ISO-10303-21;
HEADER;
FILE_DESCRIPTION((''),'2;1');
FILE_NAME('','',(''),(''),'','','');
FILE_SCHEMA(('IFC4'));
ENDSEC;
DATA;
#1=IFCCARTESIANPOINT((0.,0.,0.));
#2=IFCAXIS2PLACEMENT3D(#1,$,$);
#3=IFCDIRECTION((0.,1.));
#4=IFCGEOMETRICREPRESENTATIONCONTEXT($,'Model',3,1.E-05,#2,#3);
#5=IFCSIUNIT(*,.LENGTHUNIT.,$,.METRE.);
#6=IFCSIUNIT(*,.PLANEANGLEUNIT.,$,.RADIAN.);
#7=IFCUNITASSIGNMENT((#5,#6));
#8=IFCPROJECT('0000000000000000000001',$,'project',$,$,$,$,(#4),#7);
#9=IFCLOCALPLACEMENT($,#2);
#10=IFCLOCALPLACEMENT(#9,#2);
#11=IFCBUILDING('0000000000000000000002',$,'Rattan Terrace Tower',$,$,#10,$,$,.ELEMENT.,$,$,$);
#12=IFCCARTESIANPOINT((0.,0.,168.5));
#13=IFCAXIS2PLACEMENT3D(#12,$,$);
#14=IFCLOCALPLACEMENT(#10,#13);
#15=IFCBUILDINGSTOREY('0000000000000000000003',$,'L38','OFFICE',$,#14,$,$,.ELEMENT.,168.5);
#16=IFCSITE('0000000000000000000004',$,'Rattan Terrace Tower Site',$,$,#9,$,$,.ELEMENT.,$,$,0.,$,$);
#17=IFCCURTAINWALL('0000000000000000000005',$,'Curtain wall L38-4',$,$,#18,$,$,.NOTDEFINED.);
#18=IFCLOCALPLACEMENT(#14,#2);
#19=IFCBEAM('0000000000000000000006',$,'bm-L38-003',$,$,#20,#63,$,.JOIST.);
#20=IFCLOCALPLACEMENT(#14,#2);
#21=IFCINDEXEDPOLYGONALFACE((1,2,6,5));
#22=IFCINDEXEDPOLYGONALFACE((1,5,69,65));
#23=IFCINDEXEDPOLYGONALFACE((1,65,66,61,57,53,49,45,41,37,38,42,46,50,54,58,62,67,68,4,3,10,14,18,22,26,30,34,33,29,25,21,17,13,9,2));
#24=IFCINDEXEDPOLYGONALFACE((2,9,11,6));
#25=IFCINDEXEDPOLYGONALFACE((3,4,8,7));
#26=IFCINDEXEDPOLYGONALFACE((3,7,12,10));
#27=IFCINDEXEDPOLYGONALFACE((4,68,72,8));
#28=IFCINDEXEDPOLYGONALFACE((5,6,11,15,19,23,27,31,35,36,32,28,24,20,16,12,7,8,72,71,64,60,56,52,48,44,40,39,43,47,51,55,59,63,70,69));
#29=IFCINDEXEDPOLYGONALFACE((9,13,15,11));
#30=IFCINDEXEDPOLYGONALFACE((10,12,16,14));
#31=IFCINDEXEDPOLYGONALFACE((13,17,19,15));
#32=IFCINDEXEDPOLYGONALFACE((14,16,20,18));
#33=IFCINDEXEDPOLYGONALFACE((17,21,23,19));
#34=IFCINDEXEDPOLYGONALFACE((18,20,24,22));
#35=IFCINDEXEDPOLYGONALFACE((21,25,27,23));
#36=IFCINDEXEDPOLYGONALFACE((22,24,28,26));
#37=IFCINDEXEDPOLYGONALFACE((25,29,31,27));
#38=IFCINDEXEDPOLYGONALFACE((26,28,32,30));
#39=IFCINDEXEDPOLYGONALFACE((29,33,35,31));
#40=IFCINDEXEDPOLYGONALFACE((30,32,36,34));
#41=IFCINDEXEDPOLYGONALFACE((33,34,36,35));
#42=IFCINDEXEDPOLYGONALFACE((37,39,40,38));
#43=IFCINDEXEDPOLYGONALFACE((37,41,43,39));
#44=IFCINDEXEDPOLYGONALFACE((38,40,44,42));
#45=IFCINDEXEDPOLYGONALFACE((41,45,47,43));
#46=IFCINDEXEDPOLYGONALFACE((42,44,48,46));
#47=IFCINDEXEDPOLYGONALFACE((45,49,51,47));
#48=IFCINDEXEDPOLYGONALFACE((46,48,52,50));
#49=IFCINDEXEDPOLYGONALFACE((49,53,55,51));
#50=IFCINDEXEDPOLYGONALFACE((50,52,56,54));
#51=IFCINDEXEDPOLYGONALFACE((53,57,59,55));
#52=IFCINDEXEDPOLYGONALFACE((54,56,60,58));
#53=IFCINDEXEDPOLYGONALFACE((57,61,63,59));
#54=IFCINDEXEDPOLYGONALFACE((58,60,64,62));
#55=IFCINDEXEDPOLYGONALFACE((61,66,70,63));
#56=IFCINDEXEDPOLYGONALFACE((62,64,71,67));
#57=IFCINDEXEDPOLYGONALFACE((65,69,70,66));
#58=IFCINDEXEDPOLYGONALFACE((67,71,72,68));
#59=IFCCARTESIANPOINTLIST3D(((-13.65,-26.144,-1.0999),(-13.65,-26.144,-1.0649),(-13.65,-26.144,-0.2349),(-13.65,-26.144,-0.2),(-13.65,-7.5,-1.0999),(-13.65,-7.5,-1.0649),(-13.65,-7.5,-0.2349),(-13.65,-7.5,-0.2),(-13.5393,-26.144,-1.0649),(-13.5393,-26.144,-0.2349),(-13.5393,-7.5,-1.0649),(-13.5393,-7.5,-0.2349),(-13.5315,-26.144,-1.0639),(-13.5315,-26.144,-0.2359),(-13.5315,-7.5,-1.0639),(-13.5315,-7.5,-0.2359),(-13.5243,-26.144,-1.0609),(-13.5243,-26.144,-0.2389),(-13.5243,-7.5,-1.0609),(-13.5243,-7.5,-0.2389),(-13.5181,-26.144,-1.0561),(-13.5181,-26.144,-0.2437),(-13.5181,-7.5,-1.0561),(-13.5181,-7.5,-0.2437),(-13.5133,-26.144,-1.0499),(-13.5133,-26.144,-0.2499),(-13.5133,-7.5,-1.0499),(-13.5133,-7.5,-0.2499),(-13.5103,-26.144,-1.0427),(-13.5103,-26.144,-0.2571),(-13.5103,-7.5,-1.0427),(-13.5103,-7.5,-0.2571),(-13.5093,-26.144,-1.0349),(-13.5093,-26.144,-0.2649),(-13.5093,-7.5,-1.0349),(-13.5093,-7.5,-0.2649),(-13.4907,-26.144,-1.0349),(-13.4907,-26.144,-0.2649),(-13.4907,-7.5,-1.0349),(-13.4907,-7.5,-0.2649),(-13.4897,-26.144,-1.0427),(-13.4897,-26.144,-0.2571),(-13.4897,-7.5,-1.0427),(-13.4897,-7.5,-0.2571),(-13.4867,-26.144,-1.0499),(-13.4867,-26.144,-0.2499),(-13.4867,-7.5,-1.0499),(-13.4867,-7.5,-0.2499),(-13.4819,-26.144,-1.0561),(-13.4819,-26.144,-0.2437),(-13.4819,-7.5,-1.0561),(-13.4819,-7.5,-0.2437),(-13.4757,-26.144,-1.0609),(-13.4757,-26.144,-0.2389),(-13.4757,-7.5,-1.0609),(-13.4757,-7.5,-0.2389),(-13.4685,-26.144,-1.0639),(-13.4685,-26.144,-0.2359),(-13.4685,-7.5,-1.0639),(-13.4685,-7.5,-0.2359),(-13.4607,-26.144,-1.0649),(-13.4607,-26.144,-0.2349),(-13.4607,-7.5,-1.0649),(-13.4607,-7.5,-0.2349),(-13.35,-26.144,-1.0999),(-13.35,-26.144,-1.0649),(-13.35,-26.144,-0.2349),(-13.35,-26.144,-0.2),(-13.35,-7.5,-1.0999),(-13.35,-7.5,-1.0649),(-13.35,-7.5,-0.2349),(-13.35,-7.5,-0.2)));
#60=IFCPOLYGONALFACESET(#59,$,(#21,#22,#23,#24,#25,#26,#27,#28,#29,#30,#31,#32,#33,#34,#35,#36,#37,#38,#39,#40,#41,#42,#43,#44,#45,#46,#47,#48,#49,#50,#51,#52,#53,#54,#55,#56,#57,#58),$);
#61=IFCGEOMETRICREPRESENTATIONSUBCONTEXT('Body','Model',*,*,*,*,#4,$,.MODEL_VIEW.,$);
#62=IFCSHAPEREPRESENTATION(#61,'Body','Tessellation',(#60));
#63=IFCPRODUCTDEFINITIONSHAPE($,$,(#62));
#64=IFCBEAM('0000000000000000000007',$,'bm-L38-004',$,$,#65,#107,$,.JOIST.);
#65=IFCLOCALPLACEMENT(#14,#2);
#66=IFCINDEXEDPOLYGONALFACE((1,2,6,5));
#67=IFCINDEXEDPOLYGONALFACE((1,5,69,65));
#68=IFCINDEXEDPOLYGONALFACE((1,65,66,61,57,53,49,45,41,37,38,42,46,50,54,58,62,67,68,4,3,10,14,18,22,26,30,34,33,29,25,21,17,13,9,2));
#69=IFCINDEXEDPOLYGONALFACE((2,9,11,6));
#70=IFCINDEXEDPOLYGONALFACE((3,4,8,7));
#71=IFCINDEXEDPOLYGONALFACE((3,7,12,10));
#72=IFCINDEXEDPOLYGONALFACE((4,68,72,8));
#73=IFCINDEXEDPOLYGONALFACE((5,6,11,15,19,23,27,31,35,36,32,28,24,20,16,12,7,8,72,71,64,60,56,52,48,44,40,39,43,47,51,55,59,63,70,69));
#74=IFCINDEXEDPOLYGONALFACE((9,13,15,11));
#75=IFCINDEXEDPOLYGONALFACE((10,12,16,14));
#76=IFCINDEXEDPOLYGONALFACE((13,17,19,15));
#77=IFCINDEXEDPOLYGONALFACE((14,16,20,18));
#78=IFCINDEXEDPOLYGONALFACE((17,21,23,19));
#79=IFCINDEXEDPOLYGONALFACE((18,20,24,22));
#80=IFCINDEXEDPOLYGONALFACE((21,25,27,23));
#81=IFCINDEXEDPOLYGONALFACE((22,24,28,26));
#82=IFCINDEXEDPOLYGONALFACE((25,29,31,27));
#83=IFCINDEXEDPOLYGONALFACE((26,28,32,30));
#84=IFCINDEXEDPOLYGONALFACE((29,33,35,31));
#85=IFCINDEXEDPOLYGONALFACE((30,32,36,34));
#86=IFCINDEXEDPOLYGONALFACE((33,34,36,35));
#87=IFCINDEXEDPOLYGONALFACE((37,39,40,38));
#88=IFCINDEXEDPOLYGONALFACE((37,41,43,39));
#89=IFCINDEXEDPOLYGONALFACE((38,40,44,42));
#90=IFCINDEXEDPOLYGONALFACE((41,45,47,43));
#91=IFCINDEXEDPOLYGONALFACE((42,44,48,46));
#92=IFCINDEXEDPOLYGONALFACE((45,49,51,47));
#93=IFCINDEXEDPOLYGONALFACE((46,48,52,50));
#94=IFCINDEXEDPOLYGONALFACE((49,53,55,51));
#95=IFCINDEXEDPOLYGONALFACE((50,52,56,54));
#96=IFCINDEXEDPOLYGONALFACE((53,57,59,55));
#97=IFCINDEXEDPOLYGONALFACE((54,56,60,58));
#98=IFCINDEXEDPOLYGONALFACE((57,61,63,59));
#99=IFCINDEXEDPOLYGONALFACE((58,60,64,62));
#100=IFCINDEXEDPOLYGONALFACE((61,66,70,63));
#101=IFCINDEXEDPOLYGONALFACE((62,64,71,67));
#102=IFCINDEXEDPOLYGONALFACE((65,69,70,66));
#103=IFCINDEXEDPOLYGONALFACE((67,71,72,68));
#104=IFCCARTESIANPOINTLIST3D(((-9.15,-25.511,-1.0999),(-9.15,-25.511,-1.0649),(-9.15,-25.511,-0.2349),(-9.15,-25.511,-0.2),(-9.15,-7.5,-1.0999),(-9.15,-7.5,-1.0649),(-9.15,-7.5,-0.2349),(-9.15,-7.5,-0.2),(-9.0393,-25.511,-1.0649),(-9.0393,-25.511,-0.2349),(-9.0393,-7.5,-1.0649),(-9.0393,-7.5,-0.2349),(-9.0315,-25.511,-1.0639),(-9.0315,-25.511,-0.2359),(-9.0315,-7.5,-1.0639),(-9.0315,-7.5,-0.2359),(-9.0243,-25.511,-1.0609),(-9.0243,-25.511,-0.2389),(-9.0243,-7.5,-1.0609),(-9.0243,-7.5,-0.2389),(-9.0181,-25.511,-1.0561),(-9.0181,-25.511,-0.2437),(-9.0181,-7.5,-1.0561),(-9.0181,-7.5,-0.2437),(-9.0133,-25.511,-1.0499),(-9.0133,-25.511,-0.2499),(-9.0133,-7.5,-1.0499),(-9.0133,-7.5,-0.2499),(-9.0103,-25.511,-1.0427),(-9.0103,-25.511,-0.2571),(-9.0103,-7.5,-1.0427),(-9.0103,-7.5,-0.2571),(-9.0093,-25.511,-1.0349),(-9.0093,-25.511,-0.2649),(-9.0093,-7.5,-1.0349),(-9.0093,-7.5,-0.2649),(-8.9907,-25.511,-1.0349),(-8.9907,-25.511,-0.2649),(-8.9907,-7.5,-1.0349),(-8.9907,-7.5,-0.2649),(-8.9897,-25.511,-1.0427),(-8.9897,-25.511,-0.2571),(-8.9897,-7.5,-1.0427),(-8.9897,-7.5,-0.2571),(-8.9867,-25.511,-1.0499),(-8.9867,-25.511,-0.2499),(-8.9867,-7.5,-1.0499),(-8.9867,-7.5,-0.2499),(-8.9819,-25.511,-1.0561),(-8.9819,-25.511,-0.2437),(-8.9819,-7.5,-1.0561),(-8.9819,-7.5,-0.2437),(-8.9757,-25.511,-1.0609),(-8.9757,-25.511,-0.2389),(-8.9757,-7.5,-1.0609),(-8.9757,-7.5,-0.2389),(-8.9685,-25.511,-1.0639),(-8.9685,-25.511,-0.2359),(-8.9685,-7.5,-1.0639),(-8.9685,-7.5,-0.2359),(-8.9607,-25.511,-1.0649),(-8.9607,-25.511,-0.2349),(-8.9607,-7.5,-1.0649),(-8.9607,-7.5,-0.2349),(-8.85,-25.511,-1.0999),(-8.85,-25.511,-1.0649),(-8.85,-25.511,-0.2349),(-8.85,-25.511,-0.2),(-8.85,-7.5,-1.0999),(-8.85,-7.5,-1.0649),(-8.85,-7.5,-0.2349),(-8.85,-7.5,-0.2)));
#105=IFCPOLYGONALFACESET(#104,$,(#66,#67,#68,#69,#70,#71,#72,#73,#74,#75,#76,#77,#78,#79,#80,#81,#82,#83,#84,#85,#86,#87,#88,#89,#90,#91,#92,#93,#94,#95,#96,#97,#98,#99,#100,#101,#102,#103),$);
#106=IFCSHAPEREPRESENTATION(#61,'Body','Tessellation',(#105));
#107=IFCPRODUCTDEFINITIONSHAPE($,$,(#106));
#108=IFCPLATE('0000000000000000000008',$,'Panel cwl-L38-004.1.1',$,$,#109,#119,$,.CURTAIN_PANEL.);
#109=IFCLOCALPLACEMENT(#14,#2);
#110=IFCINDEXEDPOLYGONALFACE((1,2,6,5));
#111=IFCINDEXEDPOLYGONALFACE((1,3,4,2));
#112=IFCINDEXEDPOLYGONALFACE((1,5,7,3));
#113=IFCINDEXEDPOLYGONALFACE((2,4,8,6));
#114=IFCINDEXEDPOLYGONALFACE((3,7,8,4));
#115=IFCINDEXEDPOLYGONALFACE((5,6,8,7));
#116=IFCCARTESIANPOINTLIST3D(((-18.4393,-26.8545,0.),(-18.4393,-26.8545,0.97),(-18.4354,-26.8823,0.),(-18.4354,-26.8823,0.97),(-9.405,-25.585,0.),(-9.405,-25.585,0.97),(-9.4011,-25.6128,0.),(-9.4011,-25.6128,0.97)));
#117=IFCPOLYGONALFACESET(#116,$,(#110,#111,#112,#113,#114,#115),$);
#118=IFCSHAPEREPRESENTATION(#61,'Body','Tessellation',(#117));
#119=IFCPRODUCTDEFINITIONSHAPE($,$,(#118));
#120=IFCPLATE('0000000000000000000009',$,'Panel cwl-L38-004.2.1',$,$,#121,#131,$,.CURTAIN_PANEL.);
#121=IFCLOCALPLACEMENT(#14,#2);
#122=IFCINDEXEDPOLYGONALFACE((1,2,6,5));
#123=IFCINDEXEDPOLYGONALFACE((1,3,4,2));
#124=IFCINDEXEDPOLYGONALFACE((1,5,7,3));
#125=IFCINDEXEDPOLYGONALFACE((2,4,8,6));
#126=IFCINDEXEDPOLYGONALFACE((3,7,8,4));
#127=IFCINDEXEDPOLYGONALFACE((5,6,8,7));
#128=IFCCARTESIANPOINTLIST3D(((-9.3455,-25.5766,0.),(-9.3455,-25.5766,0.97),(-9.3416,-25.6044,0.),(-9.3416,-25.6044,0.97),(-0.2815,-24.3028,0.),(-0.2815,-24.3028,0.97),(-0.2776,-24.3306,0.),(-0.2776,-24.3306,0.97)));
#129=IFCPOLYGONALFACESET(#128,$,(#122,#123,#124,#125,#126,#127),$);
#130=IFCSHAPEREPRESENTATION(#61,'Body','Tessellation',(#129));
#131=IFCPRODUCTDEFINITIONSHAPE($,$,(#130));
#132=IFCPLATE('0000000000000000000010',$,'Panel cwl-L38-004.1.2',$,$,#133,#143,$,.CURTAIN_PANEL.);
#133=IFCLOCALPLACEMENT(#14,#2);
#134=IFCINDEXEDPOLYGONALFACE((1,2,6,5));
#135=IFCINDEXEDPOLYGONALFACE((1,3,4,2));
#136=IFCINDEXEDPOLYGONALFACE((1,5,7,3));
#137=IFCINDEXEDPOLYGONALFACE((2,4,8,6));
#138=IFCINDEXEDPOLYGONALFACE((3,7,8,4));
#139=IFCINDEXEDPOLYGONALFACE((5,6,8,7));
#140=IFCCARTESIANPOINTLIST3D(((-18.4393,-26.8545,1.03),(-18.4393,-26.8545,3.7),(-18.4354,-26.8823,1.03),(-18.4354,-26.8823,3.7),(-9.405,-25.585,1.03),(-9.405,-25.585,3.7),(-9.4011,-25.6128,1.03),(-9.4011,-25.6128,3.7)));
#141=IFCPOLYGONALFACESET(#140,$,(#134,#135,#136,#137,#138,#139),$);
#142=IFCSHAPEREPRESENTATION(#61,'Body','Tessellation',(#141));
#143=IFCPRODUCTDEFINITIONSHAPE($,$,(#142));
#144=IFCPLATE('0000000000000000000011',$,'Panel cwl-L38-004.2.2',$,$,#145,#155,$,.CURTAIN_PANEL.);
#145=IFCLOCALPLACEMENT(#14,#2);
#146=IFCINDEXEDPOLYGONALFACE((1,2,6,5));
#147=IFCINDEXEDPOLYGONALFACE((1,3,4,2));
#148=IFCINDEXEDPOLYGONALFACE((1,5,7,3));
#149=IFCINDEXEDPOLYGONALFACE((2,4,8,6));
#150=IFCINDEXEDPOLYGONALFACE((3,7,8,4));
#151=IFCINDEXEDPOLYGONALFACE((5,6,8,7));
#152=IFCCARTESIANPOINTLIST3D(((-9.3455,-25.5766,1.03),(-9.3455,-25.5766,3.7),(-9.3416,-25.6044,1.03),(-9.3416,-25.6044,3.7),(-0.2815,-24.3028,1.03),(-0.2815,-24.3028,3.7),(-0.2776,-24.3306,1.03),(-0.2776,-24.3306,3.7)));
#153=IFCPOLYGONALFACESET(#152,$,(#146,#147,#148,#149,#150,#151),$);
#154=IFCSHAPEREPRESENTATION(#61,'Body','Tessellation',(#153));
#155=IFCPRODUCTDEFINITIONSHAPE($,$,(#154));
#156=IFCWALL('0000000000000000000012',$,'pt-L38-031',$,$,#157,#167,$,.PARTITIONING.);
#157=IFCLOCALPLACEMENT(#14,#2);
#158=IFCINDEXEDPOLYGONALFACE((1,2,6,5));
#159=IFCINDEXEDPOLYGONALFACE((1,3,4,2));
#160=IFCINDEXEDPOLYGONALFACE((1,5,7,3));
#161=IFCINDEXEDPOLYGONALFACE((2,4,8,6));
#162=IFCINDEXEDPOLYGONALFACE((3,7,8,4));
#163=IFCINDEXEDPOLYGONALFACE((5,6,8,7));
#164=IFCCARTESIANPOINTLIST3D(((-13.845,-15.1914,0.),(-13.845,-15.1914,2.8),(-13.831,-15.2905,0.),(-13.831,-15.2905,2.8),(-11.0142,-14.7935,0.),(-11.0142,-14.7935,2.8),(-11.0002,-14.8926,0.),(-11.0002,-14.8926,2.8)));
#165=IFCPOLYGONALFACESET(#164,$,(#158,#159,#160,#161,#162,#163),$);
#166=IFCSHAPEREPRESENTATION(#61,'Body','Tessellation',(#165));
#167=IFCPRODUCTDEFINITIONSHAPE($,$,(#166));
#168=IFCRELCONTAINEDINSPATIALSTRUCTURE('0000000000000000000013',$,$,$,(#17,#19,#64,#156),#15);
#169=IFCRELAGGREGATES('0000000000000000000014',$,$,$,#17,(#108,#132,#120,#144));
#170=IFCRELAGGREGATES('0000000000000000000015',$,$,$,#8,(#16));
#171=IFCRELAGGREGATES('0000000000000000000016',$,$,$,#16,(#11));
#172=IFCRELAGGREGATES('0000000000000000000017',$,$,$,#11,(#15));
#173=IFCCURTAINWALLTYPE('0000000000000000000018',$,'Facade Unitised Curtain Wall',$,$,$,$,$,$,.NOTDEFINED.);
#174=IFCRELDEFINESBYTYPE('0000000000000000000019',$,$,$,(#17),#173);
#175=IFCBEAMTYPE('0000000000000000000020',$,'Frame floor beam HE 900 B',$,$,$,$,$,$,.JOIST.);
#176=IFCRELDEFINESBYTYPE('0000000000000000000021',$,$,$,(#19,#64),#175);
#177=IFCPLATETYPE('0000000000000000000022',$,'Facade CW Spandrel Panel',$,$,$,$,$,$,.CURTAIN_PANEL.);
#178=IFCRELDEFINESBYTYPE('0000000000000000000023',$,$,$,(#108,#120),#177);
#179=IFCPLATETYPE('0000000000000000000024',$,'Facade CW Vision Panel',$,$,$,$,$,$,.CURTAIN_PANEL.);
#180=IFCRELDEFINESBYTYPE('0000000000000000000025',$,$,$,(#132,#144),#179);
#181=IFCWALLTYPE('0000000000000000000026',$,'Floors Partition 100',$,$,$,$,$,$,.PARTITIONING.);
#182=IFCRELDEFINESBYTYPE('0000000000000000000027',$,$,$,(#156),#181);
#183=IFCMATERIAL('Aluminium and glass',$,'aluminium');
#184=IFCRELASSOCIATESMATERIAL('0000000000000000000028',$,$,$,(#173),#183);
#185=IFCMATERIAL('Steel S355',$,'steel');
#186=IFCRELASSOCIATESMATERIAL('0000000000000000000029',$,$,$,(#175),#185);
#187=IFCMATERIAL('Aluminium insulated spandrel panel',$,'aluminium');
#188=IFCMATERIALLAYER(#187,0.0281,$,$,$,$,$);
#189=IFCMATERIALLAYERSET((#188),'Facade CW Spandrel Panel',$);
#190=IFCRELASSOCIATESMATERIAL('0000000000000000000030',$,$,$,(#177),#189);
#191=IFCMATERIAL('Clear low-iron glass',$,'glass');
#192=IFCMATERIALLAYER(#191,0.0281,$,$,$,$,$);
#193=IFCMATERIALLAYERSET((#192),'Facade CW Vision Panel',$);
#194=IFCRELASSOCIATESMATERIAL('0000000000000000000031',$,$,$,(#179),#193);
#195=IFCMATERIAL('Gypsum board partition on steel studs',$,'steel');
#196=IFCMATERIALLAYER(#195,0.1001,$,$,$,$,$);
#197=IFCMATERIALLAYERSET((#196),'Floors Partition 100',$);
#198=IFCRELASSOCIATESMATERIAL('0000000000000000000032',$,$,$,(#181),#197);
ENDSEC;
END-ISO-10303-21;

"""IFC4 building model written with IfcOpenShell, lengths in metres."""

from ifc_helpers import new_model, si_unit, direction, frame, frame_2d, origin, origin_2d, place, context, subcontext, project, spatial, rectangle, i_section, extrude, material, layer, layer_set, material_profile, profile_set, type_object, element, aggregate, save


model = new_model("IFC4")

# Units and contexts
model_context = context("Model", 3, precision=1e-05, world=origin(), true_north=direction((0.0, 1.0)))
body_context = subcontext(model_context, "Body", "Model", "MODEL_VIEW")
ifc_project = project(units=[si_unit("LENGTHUNIT", "METRE"), si_unit("PLANEANGLEUNIT", "RADIAN")], contexts=[model_context])

# Site, building, storey
site_placement = place(None, origin())
site = spatial("IfcSite", under=ifc_project, at=site_placement, Name="Rattan Terrace Tower Site", CompositionType="ELEMENT", RefElevation=0.0)
building_placement = place(site_placement, origin())
building = spatial("IfcBuilding", under=site, at=building_placement, Name="Rattan Terrace Tower", CompositionType="ELEMENT")
storey_placement = place(building_placement, frame((0.0, 0.0, 168.5)))
storey = spatial("IfcBuildingStorey", under=building, at=storey_placement, Name="L38", Description="OFFICE", CompositionType="ELEMENT", Elevation=168.5)

# Curtain wall
ifc_material_1 = material(Name="Aluminium and glass", Category="aluminium")
curtain_wall_type = type_object("IfcCurtainWallType", Name="Facade Unitised Curtain Wall", PredefinedType="NOTDEFINED", material=ifc_material_1)
curtain_wall_placement = place(storey_placement, origin())
curtain_wall = element("IfcCurtainWall", 1, at=curtain_wall_placement, inside=storey, type_object=curtain_wall_type, Name="Curtain wall L38-4", PredefinedType="NOTDEFINED")

# Beams
ifc_material_2 = material(Name="Steel S355", Category="steel")
ifc_material_profile_1 = material_profile(ifc_material_2, i_section(OverallWidth=0.3, OverallDepth=0.8999, WebThickness=0.0186, FlangeThickness=0.0349, FilletRadius=0.03, at=origin_2d()), Name="HE 900 B")
ifc_profile_set_1 = profile_set([ifc_material_profile_1], Name="Steel S355")
beam_type_1 = type_object("IfcBeamType", Name="Frame floor beam HE 900 B", PredefinedType="JOIST", material=ifc_profile_set_1)
beam_1_placement = place(storey_placement, frame((-13.5, -26.144, -0.6499), z_axis=(0.0, 1.0, 0.0), x_axis=(-1.0, 0.0, 0.0)))
element("IfcBeam", 2, at=beam_1_placement, inside=storey, type_object=beam_type_1, Name="bm-L38-003", PredefinedType="JOIST", context=body_context, shape_type="SweptSolid", body=[
    extrude(i_section(OverallWidth=0.3, OverallDepth=0.8999, WebThickness=0.0186, FlangeThickness=0.0349, FilletRadius=0.03, at=origin_2d()), origin(), (0.0, 0.0, 1.0), 18.644),
])
beam_2_placement = place(storey_placement, frame((-9.0, -25.511, -0.6499), z_axis=(0.0, 1.0, 0.0), x_axis=(-1.0, 0.0, 0.0)))
element("IfcBeam", 3, at=beam_2_placement, inside=storey, type_object=beam_type_1, Name="bm-L38-004", PredefinedType="JOIST", context=body_context, shape_type="SweptSolid", body=[
    extrude(i_section(OverallWidth=0.3, OverallDepth=0.8999, WebThickness=0.0186, FlangeThickness=0.0349, FilletRadius=0.03, at=origin_2d()), origin(), (0.0, 0.0, 1.0), 18.011),
])

# Plates
ifc_material_3 = material(Name="Aluminium insulated spandrel panel", Category="aluminium")
ifc_layer_1 = layer(ifc_material_3, 0.0281)
ifc_layer_set_1 = layer_set([ifc_layer_1], Name="Facade CW Spandrel Panel")
plate_type_1 = type_object("IfcPlateType", Name="Facade CW Spandrel Panel", PredefinedType="CURTAIN_PANEL", material=ifc_layer_set_1)
plate_1_placement = place(storey_placement, frame((-13.9202, -26.2336, 0.0), z_axis=(0.0, 0.0, 1.0), x_axis=(0.99027, 0.139161, 0.0)))
plate_1 = element("IfcPlate", 4, at=plate_1_placement, type_object=plate_type_1, Name="Panel cwl-L38-004.1.1", PredefinedType="CURTAIN_PANEL", context=body_context, shape_type="SweptSolid", body=[
    extrude(rectangle(XDim=9.123, YDim=0.0281, at=origin_2d()), origin(), (0.0, 0.0, 1.0), 0.97),
])
plate_2_placement = place(storey_placement, frame((-4.8115, -24.9536, 0.0), z_axis=(0.0, 0.0, 1.0), x_axis=(0.99027, 0.139161, 0.0)))
plate_2 = element("IfcPlate", 5, at=plate_2_placement, type_object=plate_type_1, Name="Panel cwl-L38-004.2.1", PredefinedType="CURTAIN_PANEL", context=body_context, shape_type="SweptSolid", body=[
    extrude(rectangle(XDim=9.1531, YDim=0.0281, at=origin_2d()), origin(), (0.0, 0.0, 1.0), 0.97),
])
ifc_material_4 = material(Name="Clear low-iron glass", Category="glass")
ifc_layer_2 = layer(ifc_material_4, 0.0281)
ifc_layer_set_2 = layer_set([ifc_layer_2], Name="Facade CW Vision Panel")
plate_type_2 = type_object("IfcPlateType", Name="Facade CW Vision Panel", PredefinedType="CURTAIN_PANEL", material=ifc_layer_set_2)
plate_3_placement = place(storey_placement, frame((-13.9202, -26.2336, 1.03), z_axis=(0.0, 0.0, 1.0), x_axis=(0.99027, 0.139161, 0.0)))
plate_3 = element("IfcPlate", 6, at=plate_3_placement, type_object=plate_type_2, Name="Panel cwl-L38-004.1.2", PredefinedType="CURTAIN_PANEL", context=body_context, shape_type="SweptSolid", body=[
    extrude(rectangle(XDim=9.123, YDim=0.0281, at=origin_2d()), origin(), (0.0, 0.0, 1.0), 2.6699),
])
plate_4_placement = place(storey_placement, frame((-4.8115, -24.9536, 1.03), z_axis=(0.0, 0.0, 1.0), x_axis=(0.99027, 0.139161, 0.0)))
plate_4 = element("IfcPlate", 7, at=plate_4_placement, type_object=plate_type_2, Name="Panel cwl-L38-004.2.2", PredefinedType="CURTAIN_PANEL", context=body_context, shape_type="SweptSolid", body=[
    extrude(rectangle(XDim=9.1531, YDim=0.0281, at=origin_2d()), origin(), (0.0, 0.0, 1.0), 2.6699),
])
aggregate(curtain_wall, [plate_1, plate_3, plate_2, plate_4])

# Wall
ifc_material_5 = material(Name="Gypsum board partition on steel studs", Category="steel")
ifc_layer_3 = layer(ifc_material_5, 0.1001)
ifc_layer_set_3 = layer_set([ifc_layer_3], Name="Floors Partition 100")
wall_type_1 = type_object("IfcWallType", Name="Floors Partition 100", PredefinedType="PARTITIONING", material=ifc_layer_set_3)
wall_1_placement = place(storey_placement, frame((-13.8379, -15.241, 0.0), z_axis=(0.0, 0.0, 1.0), x_axis=(0.990263, 0.139209, 0.0)))
element("IfcWall", 8, at=wall_1_placement, inside=storey, type_object=wall_type_1, Name="pt-L38-031", PredefinedType="PARTITIONING", context=body_context, shape_type="SweptSolid", body=[
    extrude(rectangle(XDim=2.8586, YDim=0.1001, at=frame_2d((1.4292, 0.0))), origin(), (0.0, 0.0, 1.0), 2.8),
])

save(model, "model.ifc")
